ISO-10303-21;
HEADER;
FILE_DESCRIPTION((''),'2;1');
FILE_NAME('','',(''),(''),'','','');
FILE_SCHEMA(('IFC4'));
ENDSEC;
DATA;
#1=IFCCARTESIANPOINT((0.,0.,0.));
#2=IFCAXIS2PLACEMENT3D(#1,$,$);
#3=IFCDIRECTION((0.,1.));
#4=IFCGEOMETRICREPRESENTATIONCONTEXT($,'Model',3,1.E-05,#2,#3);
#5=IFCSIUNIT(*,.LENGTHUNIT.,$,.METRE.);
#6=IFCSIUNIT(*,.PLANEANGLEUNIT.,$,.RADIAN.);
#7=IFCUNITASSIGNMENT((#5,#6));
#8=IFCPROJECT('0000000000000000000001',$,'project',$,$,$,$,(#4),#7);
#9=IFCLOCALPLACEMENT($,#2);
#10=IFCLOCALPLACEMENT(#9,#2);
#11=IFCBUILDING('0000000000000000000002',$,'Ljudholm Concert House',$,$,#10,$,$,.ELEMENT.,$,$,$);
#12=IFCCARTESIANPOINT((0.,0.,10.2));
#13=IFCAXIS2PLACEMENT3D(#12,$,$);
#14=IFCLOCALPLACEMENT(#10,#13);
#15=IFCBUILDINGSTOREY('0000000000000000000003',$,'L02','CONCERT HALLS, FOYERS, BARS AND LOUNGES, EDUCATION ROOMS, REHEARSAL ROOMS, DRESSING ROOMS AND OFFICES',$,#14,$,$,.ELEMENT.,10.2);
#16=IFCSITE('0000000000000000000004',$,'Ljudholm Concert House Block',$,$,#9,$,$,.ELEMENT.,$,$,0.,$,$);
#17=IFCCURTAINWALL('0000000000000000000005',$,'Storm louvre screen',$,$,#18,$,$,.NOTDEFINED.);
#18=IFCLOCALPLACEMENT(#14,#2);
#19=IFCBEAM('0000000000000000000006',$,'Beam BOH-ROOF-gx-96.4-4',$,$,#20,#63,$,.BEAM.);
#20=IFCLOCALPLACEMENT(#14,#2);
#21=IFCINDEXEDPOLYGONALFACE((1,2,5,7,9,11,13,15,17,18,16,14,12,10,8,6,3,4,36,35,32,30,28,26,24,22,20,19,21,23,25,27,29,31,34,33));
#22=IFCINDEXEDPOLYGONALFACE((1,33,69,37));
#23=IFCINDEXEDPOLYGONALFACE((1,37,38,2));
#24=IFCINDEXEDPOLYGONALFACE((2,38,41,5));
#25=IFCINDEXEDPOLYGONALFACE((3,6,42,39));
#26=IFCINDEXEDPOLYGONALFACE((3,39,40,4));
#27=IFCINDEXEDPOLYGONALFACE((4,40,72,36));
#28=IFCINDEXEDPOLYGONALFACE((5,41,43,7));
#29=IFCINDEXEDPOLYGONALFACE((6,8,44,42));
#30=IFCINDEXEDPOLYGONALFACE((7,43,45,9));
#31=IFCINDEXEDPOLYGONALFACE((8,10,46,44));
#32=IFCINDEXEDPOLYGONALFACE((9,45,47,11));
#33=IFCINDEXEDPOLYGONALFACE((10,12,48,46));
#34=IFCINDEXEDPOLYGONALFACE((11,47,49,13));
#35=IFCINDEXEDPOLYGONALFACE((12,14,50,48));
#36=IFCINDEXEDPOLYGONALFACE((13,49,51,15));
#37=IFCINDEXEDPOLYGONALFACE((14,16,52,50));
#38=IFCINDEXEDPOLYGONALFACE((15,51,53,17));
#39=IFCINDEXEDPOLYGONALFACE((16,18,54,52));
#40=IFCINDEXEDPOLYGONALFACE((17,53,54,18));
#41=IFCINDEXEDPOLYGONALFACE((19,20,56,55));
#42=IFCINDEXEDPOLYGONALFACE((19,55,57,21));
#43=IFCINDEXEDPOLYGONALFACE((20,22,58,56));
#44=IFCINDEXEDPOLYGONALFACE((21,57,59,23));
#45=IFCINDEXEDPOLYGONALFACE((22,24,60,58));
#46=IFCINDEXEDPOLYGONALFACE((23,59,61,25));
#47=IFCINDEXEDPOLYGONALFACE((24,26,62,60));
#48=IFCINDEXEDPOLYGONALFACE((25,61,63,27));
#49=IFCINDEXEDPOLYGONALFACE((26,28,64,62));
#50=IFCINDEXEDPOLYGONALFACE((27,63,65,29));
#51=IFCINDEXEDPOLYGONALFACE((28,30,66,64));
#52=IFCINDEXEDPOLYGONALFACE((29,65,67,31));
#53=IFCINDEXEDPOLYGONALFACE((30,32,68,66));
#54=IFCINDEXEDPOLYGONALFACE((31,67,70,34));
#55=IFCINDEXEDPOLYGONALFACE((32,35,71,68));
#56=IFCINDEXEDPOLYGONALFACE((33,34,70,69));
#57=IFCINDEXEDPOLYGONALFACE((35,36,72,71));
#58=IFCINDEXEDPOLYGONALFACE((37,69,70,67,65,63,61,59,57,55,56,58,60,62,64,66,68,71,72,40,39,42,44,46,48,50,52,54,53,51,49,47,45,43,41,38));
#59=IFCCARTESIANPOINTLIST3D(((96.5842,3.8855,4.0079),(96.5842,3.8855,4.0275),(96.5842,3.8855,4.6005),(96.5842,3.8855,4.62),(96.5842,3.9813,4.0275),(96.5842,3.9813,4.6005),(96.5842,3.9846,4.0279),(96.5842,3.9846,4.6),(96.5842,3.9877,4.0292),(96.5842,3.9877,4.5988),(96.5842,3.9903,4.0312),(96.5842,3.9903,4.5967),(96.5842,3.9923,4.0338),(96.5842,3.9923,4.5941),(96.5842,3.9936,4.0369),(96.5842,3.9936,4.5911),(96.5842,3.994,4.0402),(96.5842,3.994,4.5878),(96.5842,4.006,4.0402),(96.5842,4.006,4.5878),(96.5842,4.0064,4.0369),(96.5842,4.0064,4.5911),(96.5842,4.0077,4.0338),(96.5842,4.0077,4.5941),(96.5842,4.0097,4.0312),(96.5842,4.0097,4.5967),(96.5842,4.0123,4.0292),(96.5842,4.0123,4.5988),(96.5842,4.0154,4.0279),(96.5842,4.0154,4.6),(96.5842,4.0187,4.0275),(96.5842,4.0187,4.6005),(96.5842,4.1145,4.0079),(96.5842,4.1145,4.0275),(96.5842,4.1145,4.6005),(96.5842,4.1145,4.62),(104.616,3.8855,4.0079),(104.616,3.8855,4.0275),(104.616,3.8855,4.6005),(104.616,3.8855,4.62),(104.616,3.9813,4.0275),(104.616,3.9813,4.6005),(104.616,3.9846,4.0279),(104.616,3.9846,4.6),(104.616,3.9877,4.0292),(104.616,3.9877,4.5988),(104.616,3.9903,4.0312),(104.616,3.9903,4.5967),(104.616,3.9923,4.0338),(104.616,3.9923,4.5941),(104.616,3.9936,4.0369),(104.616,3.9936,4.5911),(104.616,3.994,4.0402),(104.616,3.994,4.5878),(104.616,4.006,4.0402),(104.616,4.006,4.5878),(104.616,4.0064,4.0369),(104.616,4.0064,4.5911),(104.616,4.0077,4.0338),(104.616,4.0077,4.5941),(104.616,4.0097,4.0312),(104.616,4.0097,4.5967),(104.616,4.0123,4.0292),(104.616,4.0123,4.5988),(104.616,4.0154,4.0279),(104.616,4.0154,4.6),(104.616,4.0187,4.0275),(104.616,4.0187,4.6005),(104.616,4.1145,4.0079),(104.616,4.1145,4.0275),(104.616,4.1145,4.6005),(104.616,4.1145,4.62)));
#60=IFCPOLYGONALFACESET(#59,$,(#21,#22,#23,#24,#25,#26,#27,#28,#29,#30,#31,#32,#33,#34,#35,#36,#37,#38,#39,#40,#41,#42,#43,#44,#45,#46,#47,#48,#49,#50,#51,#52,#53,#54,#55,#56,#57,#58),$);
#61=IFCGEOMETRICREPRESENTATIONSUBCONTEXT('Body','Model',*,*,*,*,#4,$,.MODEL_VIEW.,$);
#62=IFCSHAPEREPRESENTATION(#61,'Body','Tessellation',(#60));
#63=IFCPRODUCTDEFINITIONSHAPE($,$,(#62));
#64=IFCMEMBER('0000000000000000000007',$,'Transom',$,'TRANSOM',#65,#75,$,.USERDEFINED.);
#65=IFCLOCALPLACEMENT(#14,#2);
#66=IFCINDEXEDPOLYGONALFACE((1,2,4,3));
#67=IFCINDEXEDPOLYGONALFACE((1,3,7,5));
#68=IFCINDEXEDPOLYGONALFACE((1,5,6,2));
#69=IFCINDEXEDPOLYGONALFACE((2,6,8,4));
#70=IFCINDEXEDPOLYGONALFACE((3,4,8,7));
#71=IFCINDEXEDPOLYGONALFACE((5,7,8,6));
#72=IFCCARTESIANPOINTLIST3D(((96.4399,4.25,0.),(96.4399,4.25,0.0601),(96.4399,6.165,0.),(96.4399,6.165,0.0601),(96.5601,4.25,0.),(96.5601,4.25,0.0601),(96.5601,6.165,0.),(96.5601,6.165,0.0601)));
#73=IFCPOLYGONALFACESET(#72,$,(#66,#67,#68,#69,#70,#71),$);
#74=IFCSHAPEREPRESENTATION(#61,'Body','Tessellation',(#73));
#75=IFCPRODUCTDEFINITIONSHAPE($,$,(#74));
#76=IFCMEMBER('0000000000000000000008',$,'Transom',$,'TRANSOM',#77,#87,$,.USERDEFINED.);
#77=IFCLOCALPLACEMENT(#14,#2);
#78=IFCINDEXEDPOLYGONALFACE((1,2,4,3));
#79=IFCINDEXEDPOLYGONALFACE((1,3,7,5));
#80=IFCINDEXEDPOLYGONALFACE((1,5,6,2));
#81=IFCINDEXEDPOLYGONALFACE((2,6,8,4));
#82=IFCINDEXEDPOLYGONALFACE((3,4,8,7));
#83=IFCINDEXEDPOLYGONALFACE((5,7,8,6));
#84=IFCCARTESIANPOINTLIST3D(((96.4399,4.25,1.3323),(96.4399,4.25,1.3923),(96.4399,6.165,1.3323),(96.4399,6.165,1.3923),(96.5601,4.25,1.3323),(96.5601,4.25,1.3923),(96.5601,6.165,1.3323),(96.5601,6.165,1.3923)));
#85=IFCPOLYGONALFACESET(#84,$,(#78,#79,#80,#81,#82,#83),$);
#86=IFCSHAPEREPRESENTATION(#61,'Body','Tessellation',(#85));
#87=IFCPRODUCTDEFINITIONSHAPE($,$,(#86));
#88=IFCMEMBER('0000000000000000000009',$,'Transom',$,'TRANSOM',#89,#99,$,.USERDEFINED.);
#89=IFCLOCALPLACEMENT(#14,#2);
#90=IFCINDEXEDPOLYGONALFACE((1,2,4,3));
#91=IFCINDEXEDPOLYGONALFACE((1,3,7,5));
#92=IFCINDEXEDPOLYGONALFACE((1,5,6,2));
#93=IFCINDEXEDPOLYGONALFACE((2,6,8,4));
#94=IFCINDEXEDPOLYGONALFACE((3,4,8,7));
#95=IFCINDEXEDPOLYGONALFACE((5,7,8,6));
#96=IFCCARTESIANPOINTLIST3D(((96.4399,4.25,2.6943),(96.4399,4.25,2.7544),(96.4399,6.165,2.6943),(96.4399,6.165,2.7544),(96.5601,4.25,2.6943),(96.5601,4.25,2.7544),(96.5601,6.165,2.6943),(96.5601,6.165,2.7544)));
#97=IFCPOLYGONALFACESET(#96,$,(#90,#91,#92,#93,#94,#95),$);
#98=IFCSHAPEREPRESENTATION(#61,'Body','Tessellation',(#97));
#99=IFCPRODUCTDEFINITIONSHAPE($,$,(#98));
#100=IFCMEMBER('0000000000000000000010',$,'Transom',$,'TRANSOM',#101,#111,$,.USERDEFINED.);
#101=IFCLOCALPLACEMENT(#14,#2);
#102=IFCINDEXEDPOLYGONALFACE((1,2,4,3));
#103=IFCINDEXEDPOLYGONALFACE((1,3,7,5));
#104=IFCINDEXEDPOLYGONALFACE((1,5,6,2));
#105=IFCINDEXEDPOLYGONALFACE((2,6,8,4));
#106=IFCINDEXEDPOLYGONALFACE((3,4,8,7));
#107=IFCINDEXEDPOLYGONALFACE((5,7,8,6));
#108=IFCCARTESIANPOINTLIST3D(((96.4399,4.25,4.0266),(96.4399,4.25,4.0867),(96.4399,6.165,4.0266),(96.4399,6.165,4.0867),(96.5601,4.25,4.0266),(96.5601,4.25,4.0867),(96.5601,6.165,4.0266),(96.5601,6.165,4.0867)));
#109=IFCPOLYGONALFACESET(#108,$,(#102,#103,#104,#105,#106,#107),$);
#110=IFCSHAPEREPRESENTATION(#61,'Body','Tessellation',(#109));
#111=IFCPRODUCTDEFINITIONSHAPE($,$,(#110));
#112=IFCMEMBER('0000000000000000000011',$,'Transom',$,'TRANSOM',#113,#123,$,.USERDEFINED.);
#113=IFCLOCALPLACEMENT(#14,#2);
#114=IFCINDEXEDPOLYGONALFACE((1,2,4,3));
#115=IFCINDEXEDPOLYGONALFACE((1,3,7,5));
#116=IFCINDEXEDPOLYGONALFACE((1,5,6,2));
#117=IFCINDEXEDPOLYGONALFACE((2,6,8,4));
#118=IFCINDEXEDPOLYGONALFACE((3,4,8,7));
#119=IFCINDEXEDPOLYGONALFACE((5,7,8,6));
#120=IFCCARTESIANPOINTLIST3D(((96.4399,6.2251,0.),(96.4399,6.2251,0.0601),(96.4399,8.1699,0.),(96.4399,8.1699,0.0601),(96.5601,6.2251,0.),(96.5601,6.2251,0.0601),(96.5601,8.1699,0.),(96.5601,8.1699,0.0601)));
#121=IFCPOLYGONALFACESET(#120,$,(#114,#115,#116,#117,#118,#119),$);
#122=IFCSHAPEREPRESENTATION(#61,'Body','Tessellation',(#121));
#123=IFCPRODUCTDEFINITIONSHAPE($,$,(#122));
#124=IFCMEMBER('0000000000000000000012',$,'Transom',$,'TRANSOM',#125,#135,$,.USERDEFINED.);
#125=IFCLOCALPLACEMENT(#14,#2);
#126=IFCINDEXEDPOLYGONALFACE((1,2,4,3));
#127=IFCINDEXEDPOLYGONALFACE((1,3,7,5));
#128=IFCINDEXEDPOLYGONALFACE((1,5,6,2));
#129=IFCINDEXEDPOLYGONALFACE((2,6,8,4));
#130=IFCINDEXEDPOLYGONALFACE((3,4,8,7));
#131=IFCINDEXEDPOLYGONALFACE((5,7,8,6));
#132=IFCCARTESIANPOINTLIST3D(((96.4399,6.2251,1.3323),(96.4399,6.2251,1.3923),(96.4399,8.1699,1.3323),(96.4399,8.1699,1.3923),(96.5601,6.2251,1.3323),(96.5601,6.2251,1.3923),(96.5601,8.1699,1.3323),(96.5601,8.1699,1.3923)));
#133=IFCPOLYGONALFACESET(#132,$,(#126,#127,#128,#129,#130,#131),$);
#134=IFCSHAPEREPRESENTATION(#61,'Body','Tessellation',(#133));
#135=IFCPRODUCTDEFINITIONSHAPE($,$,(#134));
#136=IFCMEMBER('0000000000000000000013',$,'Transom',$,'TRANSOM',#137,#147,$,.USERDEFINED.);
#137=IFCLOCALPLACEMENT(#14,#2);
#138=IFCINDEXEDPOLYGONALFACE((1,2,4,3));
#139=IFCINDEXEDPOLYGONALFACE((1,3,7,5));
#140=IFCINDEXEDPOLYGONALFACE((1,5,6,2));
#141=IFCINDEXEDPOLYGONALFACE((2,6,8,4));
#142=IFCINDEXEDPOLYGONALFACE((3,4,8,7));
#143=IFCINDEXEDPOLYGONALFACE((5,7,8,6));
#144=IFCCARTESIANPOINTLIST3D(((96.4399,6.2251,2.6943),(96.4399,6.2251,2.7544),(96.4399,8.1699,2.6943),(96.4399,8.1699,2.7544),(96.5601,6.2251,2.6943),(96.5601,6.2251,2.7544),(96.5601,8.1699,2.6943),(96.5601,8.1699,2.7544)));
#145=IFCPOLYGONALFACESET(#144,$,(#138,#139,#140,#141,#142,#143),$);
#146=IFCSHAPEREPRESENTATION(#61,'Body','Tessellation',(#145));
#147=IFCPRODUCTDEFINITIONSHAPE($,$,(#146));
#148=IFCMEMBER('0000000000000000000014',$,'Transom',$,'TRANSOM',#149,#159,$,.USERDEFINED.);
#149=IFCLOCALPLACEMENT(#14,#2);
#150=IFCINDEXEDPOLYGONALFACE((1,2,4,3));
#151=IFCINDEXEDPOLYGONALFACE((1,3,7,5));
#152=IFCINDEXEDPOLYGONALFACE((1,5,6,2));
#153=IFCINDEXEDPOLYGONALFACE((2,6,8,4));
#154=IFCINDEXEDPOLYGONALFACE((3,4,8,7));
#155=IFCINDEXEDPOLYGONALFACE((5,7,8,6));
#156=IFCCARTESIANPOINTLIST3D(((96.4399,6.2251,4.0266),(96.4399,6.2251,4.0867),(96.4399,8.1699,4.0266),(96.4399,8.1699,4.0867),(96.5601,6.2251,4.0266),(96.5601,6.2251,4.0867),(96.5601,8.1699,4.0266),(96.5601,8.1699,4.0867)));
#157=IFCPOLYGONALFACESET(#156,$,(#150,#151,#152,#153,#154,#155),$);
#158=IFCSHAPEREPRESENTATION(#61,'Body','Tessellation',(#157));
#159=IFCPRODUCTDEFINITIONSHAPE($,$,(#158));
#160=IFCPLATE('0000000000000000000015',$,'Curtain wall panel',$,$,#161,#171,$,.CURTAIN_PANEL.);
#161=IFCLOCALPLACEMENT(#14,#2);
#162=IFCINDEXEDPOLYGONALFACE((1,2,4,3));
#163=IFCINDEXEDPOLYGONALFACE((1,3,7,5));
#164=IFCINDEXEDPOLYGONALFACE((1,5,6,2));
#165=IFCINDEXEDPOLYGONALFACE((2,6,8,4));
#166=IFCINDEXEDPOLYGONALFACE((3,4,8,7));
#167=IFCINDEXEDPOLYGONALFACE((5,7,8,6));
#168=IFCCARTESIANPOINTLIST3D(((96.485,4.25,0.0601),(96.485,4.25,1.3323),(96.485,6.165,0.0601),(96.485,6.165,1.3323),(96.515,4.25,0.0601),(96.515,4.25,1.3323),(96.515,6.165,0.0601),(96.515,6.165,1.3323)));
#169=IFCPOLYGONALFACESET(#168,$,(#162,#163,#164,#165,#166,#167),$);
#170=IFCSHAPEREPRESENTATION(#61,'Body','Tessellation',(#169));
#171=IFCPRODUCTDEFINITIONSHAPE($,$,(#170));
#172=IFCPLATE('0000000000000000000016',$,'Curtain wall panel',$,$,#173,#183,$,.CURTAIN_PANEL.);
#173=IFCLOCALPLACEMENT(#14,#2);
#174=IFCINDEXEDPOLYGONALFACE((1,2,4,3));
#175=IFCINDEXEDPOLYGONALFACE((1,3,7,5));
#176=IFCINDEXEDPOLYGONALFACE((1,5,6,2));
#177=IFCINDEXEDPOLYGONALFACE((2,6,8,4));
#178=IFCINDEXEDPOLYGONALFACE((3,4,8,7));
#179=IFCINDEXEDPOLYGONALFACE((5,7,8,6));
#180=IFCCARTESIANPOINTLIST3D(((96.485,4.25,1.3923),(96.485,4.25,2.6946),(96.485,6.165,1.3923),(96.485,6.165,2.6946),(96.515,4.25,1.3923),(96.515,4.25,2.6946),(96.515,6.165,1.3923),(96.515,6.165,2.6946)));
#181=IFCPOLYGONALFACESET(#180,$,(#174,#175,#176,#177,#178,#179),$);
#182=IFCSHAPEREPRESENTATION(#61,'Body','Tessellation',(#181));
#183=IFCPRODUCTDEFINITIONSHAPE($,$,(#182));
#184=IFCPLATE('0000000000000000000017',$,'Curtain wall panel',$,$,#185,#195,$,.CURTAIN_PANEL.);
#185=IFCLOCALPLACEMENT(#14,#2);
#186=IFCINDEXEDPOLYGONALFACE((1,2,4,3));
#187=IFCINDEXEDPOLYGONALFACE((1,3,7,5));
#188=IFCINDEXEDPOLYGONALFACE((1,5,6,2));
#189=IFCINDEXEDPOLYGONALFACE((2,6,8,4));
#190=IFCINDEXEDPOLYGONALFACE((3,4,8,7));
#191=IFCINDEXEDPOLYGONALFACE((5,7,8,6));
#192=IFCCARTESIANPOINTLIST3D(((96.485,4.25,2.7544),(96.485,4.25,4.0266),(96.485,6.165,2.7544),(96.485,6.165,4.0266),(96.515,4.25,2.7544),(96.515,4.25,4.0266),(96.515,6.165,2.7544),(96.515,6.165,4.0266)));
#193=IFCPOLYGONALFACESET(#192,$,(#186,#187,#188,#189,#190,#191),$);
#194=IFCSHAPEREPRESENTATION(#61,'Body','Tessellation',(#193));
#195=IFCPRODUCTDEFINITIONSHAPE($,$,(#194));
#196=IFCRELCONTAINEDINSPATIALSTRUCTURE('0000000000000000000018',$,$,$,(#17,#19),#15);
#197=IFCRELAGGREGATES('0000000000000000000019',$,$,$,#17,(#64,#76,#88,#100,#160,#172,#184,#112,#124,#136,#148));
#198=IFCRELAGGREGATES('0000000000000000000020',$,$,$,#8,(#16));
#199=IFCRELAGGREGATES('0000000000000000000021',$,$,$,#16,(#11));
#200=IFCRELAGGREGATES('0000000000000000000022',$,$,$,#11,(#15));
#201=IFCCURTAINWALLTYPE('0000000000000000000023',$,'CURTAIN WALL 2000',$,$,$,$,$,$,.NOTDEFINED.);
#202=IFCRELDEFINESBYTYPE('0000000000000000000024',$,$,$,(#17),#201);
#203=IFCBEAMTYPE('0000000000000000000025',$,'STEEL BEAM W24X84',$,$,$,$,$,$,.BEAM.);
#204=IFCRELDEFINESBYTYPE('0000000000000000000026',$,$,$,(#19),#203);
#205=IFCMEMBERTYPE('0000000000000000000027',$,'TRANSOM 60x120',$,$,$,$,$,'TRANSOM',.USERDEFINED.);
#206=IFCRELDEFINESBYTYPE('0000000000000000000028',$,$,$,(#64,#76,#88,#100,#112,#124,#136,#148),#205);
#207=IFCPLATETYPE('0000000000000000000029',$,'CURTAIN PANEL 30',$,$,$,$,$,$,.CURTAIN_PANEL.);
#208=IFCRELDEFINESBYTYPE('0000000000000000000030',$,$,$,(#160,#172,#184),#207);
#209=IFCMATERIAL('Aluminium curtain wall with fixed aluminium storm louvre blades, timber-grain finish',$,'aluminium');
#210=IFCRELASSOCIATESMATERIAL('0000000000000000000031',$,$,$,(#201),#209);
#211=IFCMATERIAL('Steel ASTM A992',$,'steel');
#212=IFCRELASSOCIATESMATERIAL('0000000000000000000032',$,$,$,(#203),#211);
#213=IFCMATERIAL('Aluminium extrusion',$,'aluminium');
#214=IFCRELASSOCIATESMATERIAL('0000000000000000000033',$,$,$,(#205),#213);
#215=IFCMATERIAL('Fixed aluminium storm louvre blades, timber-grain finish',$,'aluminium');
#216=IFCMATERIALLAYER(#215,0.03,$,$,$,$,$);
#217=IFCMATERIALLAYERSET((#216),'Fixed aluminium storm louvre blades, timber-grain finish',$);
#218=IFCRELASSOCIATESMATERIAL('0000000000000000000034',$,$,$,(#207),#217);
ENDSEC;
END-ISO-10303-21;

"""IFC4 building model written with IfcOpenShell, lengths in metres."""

from ifc_helpers import new_model, si_unit, direction, frame, origin, origin_2d, place, context, subcontext, project, spatial, rectangle, i_section, extrude, material, layer, layer_set, material_profile, profile_set, type_object, element, aggregate, save


model = new_model("IFC4")

# Units and contexts
model_context = context("Model", 3, precision=1e-05, world=origin(), true_north=direction((0.0, 1.0)))
body_context = subcontext(model_context, "Body", "Model", "MODEL_VIEW")
ifc_project = project(units=[si_unit("LENGTHUNIT", "METRE"), si_unit("PLANEANGLEUNIT", "RADIAN")], contexts=[model_context])

# Site, building, storey
site_placement = place(None, origin())
site = spatial("IfcSite", under=ifc_project, at=site_placement, Name="Ljudholm Concert House Block", CompositionType="ELEMENT", RefElevation=0.0)
building_placement = place(site_placement, origin())
building = spatial("IfcBuilding", under=site, at=building_placement, Name="Ljudholm Concert House", CompositionType="ELEMENT")
storey_placement = place(building_placement, frame((0.0, 0.0, 10.2)))
storey = spatial("IfcBuildingStorey", under=building, at=storey_placement, Name="L02", Description="CONCERT HALLS, FOYERS, BARS AND LOUNGES, EDUCATION ROOMS, REHEARSAL ROOMS, DRESSING ROOMS AND OFFICES", CompositionType="ELEMENT", Elevation=10.2)

# Curtain wall
ifc_material_1 = material(Name="Aluminium curtain wall with fixed aluminium storm louvre blades, timber-grain finish", Category="aluminium")
curtain_wall_type = type_object("IfcCurtainWallType", Name="CURTAIN WALL 2000", PredefinedType="NOTDEFINED", material=ifc_material_1)
curtain_wall_placement = place(storey_placement, origin())
curtain_wall = element("IfcCurtainWall", 1, at=curtain_wall_placement, inside=storey, type_object=curtain_wall_type, Name="Storm louvre screen", PredefinedType="NOTDEFINED")

# Beam
ifc_material_2 = material(Name="Steel ASTM A992", Category="steel")
ifc_material_profile_1 = material_profile(ifc_material_2, i_section(OverallWidth=0.229, OverallDepth=0.6121, WebThickness=0.012, FlangeThickness=0.0195, FilletRadius=0.0127, at=origin_2d()), Name="W24X84")
ifc_profile_set_1 = profile_set([ifc_material_profile_1], Name="Steel ASTM A992")
beam_type_1 = type_object("IfcBeamType", Name="STEEL BEAM W24X84", PredefinedType="BEAM", material=ifc_profile_set_1)
beam_1_placement = place(storey_placement, frame((96.5842, 4.0, 4.314), z_axis=(1.0, 0.0, 0.0), x_axis=(0.0, 1.0, 0.0)))
element("IfcBeam", 2, at=beam_1_placement, inside=storey, type_object=beam_type_1, Name="Beam BOH-ROOF-gx-96.4-4", PredefinedType="BEAM", context=body_context, shape_type="SweptSolid", body=[
    extrude(i_section(OverallWidth=0.229, OverallDepth=0.6121, WebThickness=0.012, FlangeThickness=0.0195, FilletRadius=0.0127, at=origin_2d()), origin(), (0.0, 0.0, 1.0), 8.0317),
])

# Members
ifc_material_3 = material(Name="Aluminium extrusion", Category="aluminium")
ifc_material_profile_2 = material_profile(ifc_material_3, rectangle(XDim=0.1201, YDim=0.0601, at=origin_2d()), Name="TRANSOM 60x120")
ifc_profile_set_2 = profile_set([ifc_material_profile_2], Name="Aluminium extrusion")
member_type_1 = type_object("IfcMemberType", Name="TRANSOM 60x120", ElementType="TRANSOM", PredefinedType="USERDEFINED", material=ifc_profile_set_2)
member_1_placement = place(storey_placement, frame((96.5, 4.25, 0.03), z_axis=(0.0, 1.0, 0.0), x_axis=(-1.0, 0.0, 0.0)))
member_1 = element("IfcMember", 3, at=member_1_placement, type_object=member_type_1, Name="Transom", ObjectType="TRANSOM", PredefinedType="USERDEFINED", context=body_context, shape_type="SweptSolid", body=[
    extrude(rectangle(XDim=0.1201, YDim=0.0601, at=origin_2d()), origin(), (0.0, 0.0, 1.0), 1.915),
])
member_2_placement = place(storey_placement, frame((96.5, 4.25, 1.3623), z_axis=(0.0, 1.0, 0.0), x_axis=(-1.0, 0.0, 0.0)))
member_2 = element("IfcMember", 4, at=member_2_placement, type_object=member_type_1, Name="Transom", ObjectType="TRANSOM", PredefinedType="USERDEFINED", context=body_context, shape_type="SweptSolid", body=[
    extrude(rectangle(XDim=0.1201, YDim=0.0601, at=origin_2d()), origin(), (0.0, 0.0, 1.0), 1.915),
])
member_3_placement = place(storey_placement, frame((96.5, 4.25, 2.7244), z_axis=(0.0, 1.0, 0.0), x_axis=(-1.0, 0.0, 0.0)))
member_3 = element("IfcMember", 5, at=member_3_placement, type_object=member_type_1, Name="Transom", ObjectType="TRANSOM", PredefinedType="USERDEFINED", context=body_context, shape_type="SweptSolid", body=[
    extrude(rectangle(XDim=0.1201, YDim=0.0601, at=origin_2d()), origin(), (0.0, 0.0, 1.0), 1.915),
])
member_4_placement = place(storey_placement, frame((96.5, 4.25, 4.0566), z_axis=(0.0, 1.0, 0.0), x_axis=(-1.0, 0.0, 0.0)))
member_4 = element("IfcMember", 6, at=member_4_placement, type_object=member_type_1, Name="Transom", ObjectType="TRANSOM", PredefinedType="USERDEFINED", context=body_context, shape_type="SweptSolid", body=[
    extrude(rectangle(XDim=0.1201, YDim=0.0601, at=origin_2d()), origin(), (0.0, 0.0, 1.0), 1.915),
])
member_5_placement = place(storey_placement, frame((96.5, 6.2251, 0.03), z_axis=(0.0, 1.0, 0.0), x_axis=(-1.0, 0.0, 0.0)))
member_5 = element("IfcMember", 7, at=member_5_placement, type_object=member_type_1, Name="Transom", ObjectType="TRANSOM", PredefinedType="USERDEFINED", context=body_context, shape_type="SweptSolid", body=[
    extrude(rectangle(XDim=0.1201, YDim=0.0601, at=origin_2d()), origin(), (0.0, 0.0, 1.0), 1.9448),
])
member_6_placement = place(storey_placement, frame((96.5, 6.2251, 1.3623), z_axis=(0.0, 1.0, 0.0), x_axis=(-1.0, 0.0, 0.0)))
member_6 = element("IfcMember", 8, at=member_6_placement, type_object=member_type_1, Name="Transom", ObjectType="TRANSOM", PredefinedType="USERDEFINED", context=body_context, shape_type="SweptSolid", body=[
    extrude(rectangle(XDim=0.1201, YDim=0.0601, at=origin_2d()), origin(), (0.0, 0.0, 1.0), 1.9448),
])
member_7_placement = place(storey_placement, frame((96.5, 6.2251, 2.7244), z_axis=(0.0, 1.0, 0.0), x_axis=(-1.0, 0.0, 0.0)))
member_7 = element("IfcMember", 9, at=member_7_placement, type_object=member_type_1, Name="Transom", ObjectType="TRANSOM", PredefinedType="USERDEFINED", context=body_context, shape_type="SweptSolid", body=[
    extrude(rectangle(XDim=0.1201, YDim=0.0601, at=origin_2d()), origin(), (0.0, 0.0, 1.0), 1.9448),
])
member_8_placement = place(storey_placement, frame((96.5, 6.2251, 4.0566), z_axis=(0.0, 1.0, 0.0), x_axis=(-1.0, 0.0, 0.0)))
member_8 = element("IfcMember", 10, at=member_8_placement, type_object=member_type_1, Name="Transom", ObjectType="TRANSOM", PredefinedType="USERDEFINED", context=body_context, shape_type="SweptSolid", body=[
    extrude(rectangle(XDim=0.1201, YDim=0.0601, at=origin_2d()), origin(), (0.0, 0.0, 1.0), 1.9448),
])

# Plates
ifc_material_4 = material(Name="Fixed aluminium storm louvre blades, timber-grain finish", Category="aluminium")
ifc_layer_1 = layer(ifc_material_4, 0.03)
ifc_layer_set_1 = layer_set([ifc_layer_1], Name="Fixed aluminium storm louvre blades, timber-grain finish")
plate_type = type_object("IfcPlateType", Name="CURTAIN PANEL 30", PredefinedType="CURTAIN_PANEL", material=ifc_layer_set_1)
plate_1_placement = place(storey_placement, frame((96.5, 5.2075, 0.0601), z_axis=(0.0, 0.0, 1.0), x_axis=(0.0, 1.0, 0.0)))
plate_1 = element("IfcPlate", 11, at=plate_1_placement, type_object=plate_type, Name="Curtain wall panel", PredefinedType="CURTAIN_PANEL", context=body_context, shape_type="SweptSolid", body=[
    extrude(rectangle(XDim=1.915, YDim=0.03, at=origin_2d()), origin(), (0.0, 0.0, 1.0), 1.2722),
])
plate_2_placement = place(storey_placement, frame((96.5, 5.2075, 1.3923), z_axis=(0.0, 0.0, 1.0), x_axis=(0.0, 1.0, 0.0)))
plate_2 = element("IfcPlate", 12, at=plate_2_placement, type_object=plate_type, Name="Curtain wall panel", PredefinedType="CURTAIN_PANEL", context=body_context, shape_type="SweptSolid", body=[
    extrude(rectangle(XDim=1.915, YDim=0.03, at=origin_2d()), origin(), (0.0, 0.0, 1.0), 1.3022),
])
plate_3_placement = place(storey_placement, frame((96.5, 5.2075, 2.7544), z_axis=(0.0, 0.0, 1.0), x_axis=(0.0, 1.0, 0.0)))
plate_3 = element("IfcPlate", 13, at=plate_3_placement, type_object=plate_type, Name="Curtain wall panel", PredefinedType="CURTAIN_PANEL", context=body_context, shape_type="SweptSolid", body=[
    extrude(rectangle(XDim=1.915, YDim=0.03, at=origin_2d()), origin(), (0.0, 0.0, 1.0), 1.2722),
])
aggregate(curtain_wall, [member_1, member_2, member_3, member_4, plate_1, plate_2, plate_3, member_5, member_6, member_7, member_8])

save(model, "model.ifc")
